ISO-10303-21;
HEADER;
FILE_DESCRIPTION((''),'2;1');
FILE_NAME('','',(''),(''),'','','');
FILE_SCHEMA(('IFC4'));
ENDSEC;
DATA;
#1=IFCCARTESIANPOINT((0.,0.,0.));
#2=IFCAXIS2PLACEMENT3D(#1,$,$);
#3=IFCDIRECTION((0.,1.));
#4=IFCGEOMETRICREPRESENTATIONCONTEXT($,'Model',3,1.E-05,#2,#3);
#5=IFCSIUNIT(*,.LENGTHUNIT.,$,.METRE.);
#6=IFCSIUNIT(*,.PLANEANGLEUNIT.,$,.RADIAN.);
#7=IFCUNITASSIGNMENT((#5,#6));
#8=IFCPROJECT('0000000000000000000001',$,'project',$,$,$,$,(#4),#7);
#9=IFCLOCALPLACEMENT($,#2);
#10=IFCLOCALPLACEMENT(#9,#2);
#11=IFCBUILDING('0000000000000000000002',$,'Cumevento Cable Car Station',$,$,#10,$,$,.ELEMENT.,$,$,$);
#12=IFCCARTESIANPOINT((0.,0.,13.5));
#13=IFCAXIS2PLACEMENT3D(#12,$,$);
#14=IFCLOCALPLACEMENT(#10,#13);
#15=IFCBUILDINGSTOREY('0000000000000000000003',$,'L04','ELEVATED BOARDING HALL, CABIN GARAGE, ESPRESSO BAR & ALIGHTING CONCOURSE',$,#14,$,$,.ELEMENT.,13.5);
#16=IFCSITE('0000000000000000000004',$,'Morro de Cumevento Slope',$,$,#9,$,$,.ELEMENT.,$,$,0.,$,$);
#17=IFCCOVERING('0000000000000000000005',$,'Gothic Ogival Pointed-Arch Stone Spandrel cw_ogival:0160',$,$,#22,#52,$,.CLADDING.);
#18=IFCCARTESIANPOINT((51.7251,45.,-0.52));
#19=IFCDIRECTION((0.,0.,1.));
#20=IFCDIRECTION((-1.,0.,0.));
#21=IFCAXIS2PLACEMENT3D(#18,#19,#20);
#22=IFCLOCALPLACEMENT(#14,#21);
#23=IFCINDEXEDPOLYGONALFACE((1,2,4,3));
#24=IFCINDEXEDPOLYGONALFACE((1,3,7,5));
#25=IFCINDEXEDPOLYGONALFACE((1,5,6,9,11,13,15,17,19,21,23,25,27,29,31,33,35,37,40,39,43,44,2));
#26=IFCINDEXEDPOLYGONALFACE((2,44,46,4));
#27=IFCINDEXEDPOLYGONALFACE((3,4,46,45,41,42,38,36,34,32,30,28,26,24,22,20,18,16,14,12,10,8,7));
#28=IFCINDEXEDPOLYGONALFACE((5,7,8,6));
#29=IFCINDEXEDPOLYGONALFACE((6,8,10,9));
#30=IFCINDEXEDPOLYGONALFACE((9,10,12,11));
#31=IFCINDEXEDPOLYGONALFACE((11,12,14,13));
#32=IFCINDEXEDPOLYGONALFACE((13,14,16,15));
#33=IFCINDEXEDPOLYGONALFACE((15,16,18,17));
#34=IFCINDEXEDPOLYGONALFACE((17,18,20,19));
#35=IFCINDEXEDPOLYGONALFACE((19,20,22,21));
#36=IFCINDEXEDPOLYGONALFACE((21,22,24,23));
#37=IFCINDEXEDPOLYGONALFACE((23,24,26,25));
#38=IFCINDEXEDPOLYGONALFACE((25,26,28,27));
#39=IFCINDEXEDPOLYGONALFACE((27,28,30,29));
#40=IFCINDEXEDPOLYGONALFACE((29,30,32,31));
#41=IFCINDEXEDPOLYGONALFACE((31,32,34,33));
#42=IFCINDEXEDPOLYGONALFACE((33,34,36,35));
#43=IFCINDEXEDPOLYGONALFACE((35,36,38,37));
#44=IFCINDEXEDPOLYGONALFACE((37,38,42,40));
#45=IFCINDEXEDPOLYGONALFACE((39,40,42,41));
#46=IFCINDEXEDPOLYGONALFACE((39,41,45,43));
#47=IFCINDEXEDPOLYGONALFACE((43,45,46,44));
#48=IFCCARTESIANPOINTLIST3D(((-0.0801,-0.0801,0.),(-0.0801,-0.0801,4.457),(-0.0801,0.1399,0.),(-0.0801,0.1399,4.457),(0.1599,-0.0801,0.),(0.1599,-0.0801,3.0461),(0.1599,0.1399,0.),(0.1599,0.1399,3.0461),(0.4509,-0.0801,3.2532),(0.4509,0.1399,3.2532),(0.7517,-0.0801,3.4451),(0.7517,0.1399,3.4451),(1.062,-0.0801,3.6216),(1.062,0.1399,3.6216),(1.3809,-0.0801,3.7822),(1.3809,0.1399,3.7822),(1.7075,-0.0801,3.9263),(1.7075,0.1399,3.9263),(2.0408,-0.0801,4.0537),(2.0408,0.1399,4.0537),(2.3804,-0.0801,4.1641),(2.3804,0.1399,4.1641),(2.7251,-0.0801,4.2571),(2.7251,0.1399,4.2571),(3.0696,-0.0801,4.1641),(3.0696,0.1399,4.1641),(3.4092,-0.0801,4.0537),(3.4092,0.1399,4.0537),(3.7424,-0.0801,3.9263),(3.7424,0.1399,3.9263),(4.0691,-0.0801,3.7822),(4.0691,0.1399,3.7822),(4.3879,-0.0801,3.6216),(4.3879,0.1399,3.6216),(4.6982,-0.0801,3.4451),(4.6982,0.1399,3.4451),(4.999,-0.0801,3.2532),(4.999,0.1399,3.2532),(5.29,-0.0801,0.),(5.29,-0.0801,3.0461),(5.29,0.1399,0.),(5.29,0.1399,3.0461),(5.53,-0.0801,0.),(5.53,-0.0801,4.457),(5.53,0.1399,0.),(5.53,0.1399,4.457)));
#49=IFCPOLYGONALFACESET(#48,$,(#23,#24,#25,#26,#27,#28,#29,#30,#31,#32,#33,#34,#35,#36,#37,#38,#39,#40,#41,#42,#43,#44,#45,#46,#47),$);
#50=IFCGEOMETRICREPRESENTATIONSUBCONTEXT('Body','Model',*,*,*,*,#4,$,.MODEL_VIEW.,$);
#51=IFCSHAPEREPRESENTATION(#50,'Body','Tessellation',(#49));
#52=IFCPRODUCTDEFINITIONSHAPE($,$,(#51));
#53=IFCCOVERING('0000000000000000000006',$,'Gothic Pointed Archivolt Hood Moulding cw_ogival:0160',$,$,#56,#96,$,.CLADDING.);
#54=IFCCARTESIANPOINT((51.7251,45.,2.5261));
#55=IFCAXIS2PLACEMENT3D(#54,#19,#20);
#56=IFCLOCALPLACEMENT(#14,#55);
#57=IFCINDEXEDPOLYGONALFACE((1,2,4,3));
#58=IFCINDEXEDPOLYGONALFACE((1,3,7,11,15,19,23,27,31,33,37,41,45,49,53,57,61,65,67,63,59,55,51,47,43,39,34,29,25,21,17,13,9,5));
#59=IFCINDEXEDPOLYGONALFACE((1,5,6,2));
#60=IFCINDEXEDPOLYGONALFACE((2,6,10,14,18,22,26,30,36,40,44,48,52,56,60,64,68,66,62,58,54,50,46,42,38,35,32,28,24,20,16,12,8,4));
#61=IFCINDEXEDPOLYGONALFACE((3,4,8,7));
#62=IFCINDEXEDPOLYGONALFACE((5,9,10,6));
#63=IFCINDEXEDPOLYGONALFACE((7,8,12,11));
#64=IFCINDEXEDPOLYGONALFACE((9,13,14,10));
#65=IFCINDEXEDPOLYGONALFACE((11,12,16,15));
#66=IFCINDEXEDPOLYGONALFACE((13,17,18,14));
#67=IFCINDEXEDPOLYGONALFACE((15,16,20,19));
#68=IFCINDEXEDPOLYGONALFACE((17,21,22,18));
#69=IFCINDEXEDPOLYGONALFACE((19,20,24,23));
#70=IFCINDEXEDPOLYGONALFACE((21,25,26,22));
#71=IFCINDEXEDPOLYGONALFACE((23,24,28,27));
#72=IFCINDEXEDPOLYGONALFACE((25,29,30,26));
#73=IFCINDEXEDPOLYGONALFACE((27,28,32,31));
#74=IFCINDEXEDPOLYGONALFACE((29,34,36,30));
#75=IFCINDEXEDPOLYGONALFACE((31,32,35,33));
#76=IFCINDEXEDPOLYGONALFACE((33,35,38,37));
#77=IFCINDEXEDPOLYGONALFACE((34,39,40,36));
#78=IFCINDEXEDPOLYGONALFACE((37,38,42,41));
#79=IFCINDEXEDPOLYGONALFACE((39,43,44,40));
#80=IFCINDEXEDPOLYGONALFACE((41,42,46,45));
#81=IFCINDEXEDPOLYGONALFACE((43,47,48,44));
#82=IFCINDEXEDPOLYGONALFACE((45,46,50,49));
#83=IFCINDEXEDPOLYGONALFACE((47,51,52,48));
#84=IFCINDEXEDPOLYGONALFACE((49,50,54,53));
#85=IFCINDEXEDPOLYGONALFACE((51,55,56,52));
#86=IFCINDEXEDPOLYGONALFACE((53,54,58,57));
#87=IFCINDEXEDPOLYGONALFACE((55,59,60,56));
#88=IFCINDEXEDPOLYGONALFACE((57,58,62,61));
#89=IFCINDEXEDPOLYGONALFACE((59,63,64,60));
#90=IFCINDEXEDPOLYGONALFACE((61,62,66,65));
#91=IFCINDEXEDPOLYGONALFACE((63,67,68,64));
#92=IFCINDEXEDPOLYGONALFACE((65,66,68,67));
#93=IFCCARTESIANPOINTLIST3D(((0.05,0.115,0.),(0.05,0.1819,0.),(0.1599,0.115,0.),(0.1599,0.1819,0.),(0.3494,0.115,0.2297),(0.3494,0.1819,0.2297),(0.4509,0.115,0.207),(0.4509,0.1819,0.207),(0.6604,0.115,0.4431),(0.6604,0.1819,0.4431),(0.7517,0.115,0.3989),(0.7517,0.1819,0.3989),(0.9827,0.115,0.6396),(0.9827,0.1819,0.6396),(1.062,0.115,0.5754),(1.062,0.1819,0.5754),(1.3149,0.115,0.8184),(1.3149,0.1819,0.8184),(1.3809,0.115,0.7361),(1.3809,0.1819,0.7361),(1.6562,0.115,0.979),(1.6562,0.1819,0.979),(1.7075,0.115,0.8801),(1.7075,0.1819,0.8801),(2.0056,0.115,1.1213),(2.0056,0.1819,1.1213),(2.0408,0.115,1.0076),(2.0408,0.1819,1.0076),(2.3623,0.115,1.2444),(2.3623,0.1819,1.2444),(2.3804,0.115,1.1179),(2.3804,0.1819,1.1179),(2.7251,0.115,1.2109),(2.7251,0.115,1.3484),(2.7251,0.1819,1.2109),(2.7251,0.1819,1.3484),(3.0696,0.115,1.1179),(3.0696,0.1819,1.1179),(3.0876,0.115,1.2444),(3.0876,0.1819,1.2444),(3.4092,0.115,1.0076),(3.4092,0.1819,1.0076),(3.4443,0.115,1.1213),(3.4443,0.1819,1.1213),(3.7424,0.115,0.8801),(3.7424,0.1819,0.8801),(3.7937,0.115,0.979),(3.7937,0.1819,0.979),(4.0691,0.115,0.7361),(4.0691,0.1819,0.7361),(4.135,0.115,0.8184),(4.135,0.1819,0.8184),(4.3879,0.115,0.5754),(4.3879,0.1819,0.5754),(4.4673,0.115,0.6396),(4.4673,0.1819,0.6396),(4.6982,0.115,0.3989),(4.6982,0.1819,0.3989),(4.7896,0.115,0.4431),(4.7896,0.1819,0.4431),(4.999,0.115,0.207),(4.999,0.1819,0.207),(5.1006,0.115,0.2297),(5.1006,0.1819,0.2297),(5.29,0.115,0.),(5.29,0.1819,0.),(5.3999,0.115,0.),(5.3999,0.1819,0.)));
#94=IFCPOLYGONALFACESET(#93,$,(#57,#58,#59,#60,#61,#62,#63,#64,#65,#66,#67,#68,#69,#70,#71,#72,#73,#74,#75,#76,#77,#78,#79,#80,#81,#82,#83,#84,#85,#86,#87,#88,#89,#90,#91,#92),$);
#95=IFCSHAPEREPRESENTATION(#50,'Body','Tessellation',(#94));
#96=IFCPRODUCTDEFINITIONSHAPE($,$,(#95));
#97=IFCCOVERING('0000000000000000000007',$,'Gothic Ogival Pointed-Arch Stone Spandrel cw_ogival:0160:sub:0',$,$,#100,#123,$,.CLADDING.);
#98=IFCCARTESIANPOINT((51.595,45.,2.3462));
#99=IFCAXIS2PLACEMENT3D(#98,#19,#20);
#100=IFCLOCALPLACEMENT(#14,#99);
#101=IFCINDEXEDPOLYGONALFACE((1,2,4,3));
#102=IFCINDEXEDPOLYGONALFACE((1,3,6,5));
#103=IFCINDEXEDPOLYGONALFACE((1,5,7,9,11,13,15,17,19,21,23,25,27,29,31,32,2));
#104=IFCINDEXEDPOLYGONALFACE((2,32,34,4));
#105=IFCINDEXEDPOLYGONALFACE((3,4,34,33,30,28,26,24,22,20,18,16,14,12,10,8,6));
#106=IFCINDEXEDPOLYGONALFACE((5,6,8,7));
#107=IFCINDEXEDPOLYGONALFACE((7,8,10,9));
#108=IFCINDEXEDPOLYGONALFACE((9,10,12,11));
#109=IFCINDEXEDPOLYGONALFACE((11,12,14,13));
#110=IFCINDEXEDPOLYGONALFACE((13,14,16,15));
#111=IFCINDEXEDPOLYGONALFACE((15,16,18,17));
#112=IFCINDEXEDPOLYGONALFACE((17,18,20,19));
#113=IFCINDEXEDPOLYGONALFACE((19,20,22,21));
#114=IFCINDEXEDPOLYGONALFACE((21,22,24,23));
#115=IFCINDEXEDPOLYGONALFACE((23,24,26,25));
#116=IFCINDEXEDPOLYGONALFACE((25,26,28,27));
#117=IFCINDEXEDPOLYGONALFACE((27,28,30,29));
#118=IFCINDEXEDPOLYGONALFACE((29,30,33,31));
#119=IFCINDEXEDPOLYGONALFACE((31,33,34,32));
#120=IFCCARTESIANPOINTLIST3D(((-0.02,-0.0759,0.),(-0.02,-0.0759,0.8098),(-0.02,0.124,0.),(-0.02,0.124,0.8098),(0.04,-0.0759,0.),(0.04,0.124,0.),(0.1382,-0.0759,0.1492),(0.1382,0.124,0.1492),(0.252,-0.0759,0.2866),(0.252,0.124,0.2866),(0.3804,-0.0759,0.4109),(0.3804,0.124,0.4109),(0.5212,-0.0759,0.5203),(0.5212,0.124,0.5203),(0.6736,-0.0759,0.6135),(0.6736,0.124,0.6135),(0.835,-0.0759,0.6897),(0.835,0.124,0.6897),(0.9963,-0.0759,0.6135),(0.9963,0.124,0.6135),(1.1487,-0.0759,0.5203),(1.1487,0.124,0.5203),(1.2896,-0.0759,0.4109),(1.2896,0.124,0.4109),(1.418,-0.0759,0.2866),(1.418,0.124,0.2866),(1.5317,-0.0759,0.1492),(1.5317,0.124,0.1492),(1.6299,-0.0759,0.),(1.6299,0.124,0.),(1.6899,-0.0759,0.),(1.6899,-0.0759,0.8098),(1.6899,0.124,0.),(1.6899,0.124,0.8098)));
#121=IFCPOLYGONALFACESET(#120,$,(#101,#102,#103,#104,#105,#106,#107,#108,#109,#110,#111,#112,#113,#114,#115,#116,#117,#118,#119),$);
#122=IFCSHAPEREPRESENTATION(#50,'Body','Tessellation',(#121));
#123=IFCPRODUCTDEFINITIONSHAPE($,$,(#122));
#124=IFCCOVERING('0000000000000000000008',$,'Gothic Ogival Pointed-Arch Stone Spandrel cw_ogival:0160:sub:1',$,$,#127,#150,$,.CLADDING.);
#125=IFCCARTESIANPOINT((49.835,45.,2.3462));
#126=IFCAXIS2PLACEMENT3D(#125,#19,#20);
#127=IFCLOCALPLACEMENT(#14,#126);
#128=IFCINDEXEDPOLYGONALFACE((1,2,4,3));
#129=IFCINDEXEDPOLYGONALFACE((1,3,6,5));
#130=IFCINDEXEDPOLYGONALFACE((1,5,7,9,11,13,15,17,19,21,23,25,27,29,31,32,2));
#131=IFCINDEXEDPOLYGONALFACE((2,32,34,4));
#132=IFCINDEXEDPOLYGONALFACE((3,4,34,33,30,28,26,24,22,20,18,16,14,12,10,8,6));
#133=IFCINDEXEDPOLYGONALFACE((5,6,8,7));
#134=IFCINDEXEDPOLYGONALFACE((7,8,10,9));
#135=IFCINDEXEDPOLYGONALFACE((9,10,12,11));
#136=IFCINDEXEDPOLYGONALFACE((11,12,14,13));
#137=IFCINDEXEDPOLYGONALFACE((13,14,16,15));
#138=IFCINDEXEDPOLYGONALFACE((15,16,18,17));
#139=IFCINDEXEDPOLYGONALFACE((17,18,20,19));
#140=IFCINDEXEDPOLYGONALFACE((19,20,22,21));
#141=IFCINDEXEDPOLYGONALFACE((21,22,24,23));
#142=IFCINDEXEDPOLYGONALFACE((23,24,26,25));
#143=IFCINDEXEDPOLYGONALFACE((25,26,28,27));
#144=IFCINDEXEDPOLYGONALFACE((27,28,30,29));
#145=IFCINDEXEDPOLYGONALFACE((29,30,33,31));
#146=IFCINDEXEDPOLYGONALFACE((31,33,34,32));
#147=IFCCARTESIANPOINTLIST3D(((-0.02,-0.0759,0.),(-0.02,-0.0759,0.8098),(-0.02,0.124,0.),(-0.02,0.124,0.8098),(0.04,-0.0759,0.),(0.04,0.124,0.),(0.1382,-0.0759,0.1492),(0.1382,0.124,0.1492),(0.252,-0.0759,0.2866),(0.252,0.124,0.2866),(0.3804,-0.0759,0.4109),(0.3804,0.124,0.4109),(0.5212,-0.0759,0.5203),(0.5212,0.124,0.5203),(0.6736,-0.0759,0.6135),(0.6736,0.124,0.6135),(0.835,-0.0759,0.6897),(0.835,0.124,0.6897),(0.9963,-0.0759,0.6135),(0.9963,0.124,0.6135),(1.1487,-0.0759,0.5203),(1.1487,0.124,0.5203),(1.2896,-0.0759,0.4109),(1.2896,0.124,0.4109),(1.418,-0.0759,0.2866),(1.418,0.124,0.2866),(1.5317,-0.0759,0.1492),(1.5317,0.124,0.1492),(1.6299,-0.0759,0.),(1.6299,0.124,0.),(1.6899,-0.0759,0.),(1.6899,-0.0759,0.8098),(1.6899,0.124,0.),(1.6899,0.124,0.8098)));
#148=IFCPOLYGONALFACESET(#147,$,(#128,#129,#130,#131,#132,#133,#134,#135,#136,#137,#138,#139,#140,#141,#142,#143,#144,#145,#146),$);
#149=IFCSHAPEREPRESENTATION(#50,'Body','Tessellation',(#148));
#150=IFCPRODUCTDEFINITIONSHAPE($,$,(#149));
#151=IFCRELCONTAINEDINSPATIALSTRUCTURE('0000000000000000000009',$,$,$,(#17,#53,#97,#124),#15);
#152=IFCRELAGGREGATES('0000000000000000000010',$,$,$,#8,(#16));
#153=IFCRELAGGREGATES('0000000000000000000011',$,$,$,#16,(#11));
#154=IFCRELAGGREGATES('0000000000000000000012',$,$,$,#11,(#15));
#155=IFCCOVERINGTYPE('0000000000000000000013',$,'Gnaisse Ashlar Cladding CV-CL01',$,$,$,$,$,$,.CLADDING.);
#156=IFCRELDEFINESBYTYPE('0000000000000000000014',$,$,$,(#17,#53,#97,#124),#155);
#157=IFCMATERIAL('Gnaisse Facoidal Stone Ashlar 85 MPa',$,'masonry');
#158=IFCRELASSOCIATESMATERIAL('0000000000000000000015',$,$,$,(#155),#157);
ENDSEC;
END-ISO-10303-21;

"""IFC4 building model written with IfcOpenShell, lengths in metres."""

from ifc_helpers import new_model, si_unit, direction, frame, origin, place, context, subcontext, project, spatial, polyline, outline, extrude, material, type_object, element, save


model = new_model("IFC4")

# Units and contexts
model_context = context("Model", 3, precision=1e-05, world=origin(), true_north=direction((0.0, 1.0)))
body_context = subcontext(model_context, "Body", "Model", "MODEL_VIEW")
ifc_project = project(units=[si_unit("LENGTHUNIT", "METRE"), si_unit("PLANEANGLEUNIT", "RADIAN")], contexts=[model_context])

# Site, building, storey
site_placement = place(None, origin())
site = spatial("IfcSite", under=ifc_project, at=site_placement, Name="Morro de Cumevento Slope", CompositionType="ELEMENT", RefElevation=0.0)
building_placement = place(site_placement, origin())
building = spatial("IfcBuilding", under=site, at=building_placement, Name="Cumevento Cable Car Station", CompositionType="ELEMENT")
storey_placement = place(building_placement, frame((0.0, 0.0, 13.5)))
storey = spatial("IfcBuildingStorey", under=building, at=storey_placement, Name="L04", Description="ELEVATED BOARDING HALL, CABIN GARAGE, ESPRESSO BAR & ALIGHTING CONCOURSE", CompositionType="ELEMENT", Elevation=13.5)

# Coverings
ifc_material_1 = material(Name="Gnaisse Facoidal Stone Ashlar 85 MPa", Category="masonry")
covering_type = type_object("IfcCoveringType", Name="Gnaisse Ashlar Cladding CV-CL01", PredefinedType="CLADDING", material=ifc_material_1)
covering_1_placement = place(storey_placement, frame((51.7251, 45.0, -0.52), z_axis=(0.0, 0.0, 1.0), x_axis=(-1.0, 0.0, 0.0)))
element("IfcCovering", 1, at=covering_1_placement, inside=storey, type_object=covering_type, Name="Gothic Ogival Pointed-Arch Stone Spandrel cw_ogival:0160", PredefinedType="CLADDING", context=body_context, shape_type="SweptSolid", body=[
    extrude(outline(polyline([(-0.0801, 0.0), (-0.0801, 4.457), (5.53, 4.457), (5.53, 0.0), (5.29, 0.0), (5.29, 3.0461), (4.999, 3.2532), (4.6982, 3.4451), (4.3879, 3.6216), (4.0691, 3.7822), (3.7424, 3.9263), (3.4092, 4.0537), (3.0696, 4.1641), (2.7251, 4.2571), (2.3804, 4.1641), (2.0408, 4.0537), (1.7075, 3.9263), (1.3809, 3.7822), (1.062, 3.6216), (0.7517, 3.4451), (0.4509, 3.2532), (0.1599, 3.0461), (0.1599, 0.0), (-0.0801, 0.0)])), frame((0.0, 0.1399, 0.0), z_axis=(0.0, -1.0, 0.0), x_axis=(1.0, 0.0, 0.0)), (0.0, 0.0, 1.0), 0.22),
])
covering_2_placement = place(storey_placement, frame((51.7251, 45.0, 2.5261), z_axis=(0.0, 0.0, 1.0), x_axis=(-1.0, 0.0, 0.0)))
element("IfcCovering", 2, at=covering_2_placement, inside=storey, type_object=covering_type, Name="Gothic Pointed Archivolt Hood Moulding cw_ogival:0160", PredefinedType="CLADDING", context=body_context, shape_type="SweptSolid", body=[
    extrude(outline(polyline([(0.1599, 0.0), (0.4509, 0.207), (0.7517, 0.3989), (1.062, 0.5754), (1.3809, 0.7361), (1.7075, 0.8801), (2.0408, 1.0076), (2.3804, 1.1179), (2.7251, 1.2109), (3.0696, 1.1179), (3.4092, 1.0076), (3.7424, 0.8801), (4.0691, 0.7361), (4.3879, 0.5754), (4.6982, 0.3989), (4.999, 0.207), (5.29, 0.0), (5.3999, 0.0), (5.1006, 0.2297), (4.7896, 0.4431), (4.4673, 0.6396), (4.135, 0.8184), (3.7937, 0.979), (3.4443, 1.1213), (3.0876, 1.2444), (2.7251, 1.3484), (2.3623, 1.2444), (2.0056, 1.1213), (1.6562, 0.979), (1.3149, 0.8184), (0.9827, 0.6396), (0.6604, 0.4431), (0.3494, 0.2297), (0.05, 0.0), (0.1599, 0.0)])), frame((0.0, 0.1819, 0.0), z_axis=(0.0, -1.0, 0.0), x_axis=(1.0, 0.0, 0.0)), (0.0, 0.0, 1.0), 0.0669),
])
for number, where, z_axis, x_axis, name in (
    (3, (51.595, 45.0, 2.3462), (0.0, 0.0, 1.0), (-1.0, 0.0, 0.0), "Gothic Ogival Pointed-Arch Stone Spandrel cw_ogival:0160:sub:0"),
    (4, (49.835, 45.0, 2.3462), (0.0, 0.0, 1.0), (-1.0, 0.0, 0.0), "Gothic Ogival Pointed-Arch Stone Spandrel cw_ogival:0160:sub:1"),
):
    element("IfcCovering", number, at=place(storey_placement, frame(where, z_axis=z_axis, x_axis=x_axis)), inside=storey, type_object=covering_type, Name=name, PredefinedType="CLADDING", context=body_context, shape_type="SweptSolid", body=[
        extrude(outline(polyline([(-0.02, 0.0), (-0.02, 0.8098), (1.6899, 0.8098), (1.6899, 0.0), (1.6299, 0.0), (1.5317, 0.1492), (1.418, 0.2866), (1.2896, 0.4109), (1.1487, 0.5203), (0.9963, 0.6135), (0.835, 0.6897), (0.6736, 0.6135), (0.5212, 0.5203), (0.3804, 0.4109), (0.252, 0.2866), (0.1382, 0.1492), (0.04, 0.0), (-0.02, 0.0)])), frame((0.0, 0.124, 0.0), z_axis=(0.0, -1.0, 0.0), x_axis=(1.0, 0.0, 0.0)), (0.0, 0.0, 1.0), 0.2),
    ])

save(model, "model.ifc")
